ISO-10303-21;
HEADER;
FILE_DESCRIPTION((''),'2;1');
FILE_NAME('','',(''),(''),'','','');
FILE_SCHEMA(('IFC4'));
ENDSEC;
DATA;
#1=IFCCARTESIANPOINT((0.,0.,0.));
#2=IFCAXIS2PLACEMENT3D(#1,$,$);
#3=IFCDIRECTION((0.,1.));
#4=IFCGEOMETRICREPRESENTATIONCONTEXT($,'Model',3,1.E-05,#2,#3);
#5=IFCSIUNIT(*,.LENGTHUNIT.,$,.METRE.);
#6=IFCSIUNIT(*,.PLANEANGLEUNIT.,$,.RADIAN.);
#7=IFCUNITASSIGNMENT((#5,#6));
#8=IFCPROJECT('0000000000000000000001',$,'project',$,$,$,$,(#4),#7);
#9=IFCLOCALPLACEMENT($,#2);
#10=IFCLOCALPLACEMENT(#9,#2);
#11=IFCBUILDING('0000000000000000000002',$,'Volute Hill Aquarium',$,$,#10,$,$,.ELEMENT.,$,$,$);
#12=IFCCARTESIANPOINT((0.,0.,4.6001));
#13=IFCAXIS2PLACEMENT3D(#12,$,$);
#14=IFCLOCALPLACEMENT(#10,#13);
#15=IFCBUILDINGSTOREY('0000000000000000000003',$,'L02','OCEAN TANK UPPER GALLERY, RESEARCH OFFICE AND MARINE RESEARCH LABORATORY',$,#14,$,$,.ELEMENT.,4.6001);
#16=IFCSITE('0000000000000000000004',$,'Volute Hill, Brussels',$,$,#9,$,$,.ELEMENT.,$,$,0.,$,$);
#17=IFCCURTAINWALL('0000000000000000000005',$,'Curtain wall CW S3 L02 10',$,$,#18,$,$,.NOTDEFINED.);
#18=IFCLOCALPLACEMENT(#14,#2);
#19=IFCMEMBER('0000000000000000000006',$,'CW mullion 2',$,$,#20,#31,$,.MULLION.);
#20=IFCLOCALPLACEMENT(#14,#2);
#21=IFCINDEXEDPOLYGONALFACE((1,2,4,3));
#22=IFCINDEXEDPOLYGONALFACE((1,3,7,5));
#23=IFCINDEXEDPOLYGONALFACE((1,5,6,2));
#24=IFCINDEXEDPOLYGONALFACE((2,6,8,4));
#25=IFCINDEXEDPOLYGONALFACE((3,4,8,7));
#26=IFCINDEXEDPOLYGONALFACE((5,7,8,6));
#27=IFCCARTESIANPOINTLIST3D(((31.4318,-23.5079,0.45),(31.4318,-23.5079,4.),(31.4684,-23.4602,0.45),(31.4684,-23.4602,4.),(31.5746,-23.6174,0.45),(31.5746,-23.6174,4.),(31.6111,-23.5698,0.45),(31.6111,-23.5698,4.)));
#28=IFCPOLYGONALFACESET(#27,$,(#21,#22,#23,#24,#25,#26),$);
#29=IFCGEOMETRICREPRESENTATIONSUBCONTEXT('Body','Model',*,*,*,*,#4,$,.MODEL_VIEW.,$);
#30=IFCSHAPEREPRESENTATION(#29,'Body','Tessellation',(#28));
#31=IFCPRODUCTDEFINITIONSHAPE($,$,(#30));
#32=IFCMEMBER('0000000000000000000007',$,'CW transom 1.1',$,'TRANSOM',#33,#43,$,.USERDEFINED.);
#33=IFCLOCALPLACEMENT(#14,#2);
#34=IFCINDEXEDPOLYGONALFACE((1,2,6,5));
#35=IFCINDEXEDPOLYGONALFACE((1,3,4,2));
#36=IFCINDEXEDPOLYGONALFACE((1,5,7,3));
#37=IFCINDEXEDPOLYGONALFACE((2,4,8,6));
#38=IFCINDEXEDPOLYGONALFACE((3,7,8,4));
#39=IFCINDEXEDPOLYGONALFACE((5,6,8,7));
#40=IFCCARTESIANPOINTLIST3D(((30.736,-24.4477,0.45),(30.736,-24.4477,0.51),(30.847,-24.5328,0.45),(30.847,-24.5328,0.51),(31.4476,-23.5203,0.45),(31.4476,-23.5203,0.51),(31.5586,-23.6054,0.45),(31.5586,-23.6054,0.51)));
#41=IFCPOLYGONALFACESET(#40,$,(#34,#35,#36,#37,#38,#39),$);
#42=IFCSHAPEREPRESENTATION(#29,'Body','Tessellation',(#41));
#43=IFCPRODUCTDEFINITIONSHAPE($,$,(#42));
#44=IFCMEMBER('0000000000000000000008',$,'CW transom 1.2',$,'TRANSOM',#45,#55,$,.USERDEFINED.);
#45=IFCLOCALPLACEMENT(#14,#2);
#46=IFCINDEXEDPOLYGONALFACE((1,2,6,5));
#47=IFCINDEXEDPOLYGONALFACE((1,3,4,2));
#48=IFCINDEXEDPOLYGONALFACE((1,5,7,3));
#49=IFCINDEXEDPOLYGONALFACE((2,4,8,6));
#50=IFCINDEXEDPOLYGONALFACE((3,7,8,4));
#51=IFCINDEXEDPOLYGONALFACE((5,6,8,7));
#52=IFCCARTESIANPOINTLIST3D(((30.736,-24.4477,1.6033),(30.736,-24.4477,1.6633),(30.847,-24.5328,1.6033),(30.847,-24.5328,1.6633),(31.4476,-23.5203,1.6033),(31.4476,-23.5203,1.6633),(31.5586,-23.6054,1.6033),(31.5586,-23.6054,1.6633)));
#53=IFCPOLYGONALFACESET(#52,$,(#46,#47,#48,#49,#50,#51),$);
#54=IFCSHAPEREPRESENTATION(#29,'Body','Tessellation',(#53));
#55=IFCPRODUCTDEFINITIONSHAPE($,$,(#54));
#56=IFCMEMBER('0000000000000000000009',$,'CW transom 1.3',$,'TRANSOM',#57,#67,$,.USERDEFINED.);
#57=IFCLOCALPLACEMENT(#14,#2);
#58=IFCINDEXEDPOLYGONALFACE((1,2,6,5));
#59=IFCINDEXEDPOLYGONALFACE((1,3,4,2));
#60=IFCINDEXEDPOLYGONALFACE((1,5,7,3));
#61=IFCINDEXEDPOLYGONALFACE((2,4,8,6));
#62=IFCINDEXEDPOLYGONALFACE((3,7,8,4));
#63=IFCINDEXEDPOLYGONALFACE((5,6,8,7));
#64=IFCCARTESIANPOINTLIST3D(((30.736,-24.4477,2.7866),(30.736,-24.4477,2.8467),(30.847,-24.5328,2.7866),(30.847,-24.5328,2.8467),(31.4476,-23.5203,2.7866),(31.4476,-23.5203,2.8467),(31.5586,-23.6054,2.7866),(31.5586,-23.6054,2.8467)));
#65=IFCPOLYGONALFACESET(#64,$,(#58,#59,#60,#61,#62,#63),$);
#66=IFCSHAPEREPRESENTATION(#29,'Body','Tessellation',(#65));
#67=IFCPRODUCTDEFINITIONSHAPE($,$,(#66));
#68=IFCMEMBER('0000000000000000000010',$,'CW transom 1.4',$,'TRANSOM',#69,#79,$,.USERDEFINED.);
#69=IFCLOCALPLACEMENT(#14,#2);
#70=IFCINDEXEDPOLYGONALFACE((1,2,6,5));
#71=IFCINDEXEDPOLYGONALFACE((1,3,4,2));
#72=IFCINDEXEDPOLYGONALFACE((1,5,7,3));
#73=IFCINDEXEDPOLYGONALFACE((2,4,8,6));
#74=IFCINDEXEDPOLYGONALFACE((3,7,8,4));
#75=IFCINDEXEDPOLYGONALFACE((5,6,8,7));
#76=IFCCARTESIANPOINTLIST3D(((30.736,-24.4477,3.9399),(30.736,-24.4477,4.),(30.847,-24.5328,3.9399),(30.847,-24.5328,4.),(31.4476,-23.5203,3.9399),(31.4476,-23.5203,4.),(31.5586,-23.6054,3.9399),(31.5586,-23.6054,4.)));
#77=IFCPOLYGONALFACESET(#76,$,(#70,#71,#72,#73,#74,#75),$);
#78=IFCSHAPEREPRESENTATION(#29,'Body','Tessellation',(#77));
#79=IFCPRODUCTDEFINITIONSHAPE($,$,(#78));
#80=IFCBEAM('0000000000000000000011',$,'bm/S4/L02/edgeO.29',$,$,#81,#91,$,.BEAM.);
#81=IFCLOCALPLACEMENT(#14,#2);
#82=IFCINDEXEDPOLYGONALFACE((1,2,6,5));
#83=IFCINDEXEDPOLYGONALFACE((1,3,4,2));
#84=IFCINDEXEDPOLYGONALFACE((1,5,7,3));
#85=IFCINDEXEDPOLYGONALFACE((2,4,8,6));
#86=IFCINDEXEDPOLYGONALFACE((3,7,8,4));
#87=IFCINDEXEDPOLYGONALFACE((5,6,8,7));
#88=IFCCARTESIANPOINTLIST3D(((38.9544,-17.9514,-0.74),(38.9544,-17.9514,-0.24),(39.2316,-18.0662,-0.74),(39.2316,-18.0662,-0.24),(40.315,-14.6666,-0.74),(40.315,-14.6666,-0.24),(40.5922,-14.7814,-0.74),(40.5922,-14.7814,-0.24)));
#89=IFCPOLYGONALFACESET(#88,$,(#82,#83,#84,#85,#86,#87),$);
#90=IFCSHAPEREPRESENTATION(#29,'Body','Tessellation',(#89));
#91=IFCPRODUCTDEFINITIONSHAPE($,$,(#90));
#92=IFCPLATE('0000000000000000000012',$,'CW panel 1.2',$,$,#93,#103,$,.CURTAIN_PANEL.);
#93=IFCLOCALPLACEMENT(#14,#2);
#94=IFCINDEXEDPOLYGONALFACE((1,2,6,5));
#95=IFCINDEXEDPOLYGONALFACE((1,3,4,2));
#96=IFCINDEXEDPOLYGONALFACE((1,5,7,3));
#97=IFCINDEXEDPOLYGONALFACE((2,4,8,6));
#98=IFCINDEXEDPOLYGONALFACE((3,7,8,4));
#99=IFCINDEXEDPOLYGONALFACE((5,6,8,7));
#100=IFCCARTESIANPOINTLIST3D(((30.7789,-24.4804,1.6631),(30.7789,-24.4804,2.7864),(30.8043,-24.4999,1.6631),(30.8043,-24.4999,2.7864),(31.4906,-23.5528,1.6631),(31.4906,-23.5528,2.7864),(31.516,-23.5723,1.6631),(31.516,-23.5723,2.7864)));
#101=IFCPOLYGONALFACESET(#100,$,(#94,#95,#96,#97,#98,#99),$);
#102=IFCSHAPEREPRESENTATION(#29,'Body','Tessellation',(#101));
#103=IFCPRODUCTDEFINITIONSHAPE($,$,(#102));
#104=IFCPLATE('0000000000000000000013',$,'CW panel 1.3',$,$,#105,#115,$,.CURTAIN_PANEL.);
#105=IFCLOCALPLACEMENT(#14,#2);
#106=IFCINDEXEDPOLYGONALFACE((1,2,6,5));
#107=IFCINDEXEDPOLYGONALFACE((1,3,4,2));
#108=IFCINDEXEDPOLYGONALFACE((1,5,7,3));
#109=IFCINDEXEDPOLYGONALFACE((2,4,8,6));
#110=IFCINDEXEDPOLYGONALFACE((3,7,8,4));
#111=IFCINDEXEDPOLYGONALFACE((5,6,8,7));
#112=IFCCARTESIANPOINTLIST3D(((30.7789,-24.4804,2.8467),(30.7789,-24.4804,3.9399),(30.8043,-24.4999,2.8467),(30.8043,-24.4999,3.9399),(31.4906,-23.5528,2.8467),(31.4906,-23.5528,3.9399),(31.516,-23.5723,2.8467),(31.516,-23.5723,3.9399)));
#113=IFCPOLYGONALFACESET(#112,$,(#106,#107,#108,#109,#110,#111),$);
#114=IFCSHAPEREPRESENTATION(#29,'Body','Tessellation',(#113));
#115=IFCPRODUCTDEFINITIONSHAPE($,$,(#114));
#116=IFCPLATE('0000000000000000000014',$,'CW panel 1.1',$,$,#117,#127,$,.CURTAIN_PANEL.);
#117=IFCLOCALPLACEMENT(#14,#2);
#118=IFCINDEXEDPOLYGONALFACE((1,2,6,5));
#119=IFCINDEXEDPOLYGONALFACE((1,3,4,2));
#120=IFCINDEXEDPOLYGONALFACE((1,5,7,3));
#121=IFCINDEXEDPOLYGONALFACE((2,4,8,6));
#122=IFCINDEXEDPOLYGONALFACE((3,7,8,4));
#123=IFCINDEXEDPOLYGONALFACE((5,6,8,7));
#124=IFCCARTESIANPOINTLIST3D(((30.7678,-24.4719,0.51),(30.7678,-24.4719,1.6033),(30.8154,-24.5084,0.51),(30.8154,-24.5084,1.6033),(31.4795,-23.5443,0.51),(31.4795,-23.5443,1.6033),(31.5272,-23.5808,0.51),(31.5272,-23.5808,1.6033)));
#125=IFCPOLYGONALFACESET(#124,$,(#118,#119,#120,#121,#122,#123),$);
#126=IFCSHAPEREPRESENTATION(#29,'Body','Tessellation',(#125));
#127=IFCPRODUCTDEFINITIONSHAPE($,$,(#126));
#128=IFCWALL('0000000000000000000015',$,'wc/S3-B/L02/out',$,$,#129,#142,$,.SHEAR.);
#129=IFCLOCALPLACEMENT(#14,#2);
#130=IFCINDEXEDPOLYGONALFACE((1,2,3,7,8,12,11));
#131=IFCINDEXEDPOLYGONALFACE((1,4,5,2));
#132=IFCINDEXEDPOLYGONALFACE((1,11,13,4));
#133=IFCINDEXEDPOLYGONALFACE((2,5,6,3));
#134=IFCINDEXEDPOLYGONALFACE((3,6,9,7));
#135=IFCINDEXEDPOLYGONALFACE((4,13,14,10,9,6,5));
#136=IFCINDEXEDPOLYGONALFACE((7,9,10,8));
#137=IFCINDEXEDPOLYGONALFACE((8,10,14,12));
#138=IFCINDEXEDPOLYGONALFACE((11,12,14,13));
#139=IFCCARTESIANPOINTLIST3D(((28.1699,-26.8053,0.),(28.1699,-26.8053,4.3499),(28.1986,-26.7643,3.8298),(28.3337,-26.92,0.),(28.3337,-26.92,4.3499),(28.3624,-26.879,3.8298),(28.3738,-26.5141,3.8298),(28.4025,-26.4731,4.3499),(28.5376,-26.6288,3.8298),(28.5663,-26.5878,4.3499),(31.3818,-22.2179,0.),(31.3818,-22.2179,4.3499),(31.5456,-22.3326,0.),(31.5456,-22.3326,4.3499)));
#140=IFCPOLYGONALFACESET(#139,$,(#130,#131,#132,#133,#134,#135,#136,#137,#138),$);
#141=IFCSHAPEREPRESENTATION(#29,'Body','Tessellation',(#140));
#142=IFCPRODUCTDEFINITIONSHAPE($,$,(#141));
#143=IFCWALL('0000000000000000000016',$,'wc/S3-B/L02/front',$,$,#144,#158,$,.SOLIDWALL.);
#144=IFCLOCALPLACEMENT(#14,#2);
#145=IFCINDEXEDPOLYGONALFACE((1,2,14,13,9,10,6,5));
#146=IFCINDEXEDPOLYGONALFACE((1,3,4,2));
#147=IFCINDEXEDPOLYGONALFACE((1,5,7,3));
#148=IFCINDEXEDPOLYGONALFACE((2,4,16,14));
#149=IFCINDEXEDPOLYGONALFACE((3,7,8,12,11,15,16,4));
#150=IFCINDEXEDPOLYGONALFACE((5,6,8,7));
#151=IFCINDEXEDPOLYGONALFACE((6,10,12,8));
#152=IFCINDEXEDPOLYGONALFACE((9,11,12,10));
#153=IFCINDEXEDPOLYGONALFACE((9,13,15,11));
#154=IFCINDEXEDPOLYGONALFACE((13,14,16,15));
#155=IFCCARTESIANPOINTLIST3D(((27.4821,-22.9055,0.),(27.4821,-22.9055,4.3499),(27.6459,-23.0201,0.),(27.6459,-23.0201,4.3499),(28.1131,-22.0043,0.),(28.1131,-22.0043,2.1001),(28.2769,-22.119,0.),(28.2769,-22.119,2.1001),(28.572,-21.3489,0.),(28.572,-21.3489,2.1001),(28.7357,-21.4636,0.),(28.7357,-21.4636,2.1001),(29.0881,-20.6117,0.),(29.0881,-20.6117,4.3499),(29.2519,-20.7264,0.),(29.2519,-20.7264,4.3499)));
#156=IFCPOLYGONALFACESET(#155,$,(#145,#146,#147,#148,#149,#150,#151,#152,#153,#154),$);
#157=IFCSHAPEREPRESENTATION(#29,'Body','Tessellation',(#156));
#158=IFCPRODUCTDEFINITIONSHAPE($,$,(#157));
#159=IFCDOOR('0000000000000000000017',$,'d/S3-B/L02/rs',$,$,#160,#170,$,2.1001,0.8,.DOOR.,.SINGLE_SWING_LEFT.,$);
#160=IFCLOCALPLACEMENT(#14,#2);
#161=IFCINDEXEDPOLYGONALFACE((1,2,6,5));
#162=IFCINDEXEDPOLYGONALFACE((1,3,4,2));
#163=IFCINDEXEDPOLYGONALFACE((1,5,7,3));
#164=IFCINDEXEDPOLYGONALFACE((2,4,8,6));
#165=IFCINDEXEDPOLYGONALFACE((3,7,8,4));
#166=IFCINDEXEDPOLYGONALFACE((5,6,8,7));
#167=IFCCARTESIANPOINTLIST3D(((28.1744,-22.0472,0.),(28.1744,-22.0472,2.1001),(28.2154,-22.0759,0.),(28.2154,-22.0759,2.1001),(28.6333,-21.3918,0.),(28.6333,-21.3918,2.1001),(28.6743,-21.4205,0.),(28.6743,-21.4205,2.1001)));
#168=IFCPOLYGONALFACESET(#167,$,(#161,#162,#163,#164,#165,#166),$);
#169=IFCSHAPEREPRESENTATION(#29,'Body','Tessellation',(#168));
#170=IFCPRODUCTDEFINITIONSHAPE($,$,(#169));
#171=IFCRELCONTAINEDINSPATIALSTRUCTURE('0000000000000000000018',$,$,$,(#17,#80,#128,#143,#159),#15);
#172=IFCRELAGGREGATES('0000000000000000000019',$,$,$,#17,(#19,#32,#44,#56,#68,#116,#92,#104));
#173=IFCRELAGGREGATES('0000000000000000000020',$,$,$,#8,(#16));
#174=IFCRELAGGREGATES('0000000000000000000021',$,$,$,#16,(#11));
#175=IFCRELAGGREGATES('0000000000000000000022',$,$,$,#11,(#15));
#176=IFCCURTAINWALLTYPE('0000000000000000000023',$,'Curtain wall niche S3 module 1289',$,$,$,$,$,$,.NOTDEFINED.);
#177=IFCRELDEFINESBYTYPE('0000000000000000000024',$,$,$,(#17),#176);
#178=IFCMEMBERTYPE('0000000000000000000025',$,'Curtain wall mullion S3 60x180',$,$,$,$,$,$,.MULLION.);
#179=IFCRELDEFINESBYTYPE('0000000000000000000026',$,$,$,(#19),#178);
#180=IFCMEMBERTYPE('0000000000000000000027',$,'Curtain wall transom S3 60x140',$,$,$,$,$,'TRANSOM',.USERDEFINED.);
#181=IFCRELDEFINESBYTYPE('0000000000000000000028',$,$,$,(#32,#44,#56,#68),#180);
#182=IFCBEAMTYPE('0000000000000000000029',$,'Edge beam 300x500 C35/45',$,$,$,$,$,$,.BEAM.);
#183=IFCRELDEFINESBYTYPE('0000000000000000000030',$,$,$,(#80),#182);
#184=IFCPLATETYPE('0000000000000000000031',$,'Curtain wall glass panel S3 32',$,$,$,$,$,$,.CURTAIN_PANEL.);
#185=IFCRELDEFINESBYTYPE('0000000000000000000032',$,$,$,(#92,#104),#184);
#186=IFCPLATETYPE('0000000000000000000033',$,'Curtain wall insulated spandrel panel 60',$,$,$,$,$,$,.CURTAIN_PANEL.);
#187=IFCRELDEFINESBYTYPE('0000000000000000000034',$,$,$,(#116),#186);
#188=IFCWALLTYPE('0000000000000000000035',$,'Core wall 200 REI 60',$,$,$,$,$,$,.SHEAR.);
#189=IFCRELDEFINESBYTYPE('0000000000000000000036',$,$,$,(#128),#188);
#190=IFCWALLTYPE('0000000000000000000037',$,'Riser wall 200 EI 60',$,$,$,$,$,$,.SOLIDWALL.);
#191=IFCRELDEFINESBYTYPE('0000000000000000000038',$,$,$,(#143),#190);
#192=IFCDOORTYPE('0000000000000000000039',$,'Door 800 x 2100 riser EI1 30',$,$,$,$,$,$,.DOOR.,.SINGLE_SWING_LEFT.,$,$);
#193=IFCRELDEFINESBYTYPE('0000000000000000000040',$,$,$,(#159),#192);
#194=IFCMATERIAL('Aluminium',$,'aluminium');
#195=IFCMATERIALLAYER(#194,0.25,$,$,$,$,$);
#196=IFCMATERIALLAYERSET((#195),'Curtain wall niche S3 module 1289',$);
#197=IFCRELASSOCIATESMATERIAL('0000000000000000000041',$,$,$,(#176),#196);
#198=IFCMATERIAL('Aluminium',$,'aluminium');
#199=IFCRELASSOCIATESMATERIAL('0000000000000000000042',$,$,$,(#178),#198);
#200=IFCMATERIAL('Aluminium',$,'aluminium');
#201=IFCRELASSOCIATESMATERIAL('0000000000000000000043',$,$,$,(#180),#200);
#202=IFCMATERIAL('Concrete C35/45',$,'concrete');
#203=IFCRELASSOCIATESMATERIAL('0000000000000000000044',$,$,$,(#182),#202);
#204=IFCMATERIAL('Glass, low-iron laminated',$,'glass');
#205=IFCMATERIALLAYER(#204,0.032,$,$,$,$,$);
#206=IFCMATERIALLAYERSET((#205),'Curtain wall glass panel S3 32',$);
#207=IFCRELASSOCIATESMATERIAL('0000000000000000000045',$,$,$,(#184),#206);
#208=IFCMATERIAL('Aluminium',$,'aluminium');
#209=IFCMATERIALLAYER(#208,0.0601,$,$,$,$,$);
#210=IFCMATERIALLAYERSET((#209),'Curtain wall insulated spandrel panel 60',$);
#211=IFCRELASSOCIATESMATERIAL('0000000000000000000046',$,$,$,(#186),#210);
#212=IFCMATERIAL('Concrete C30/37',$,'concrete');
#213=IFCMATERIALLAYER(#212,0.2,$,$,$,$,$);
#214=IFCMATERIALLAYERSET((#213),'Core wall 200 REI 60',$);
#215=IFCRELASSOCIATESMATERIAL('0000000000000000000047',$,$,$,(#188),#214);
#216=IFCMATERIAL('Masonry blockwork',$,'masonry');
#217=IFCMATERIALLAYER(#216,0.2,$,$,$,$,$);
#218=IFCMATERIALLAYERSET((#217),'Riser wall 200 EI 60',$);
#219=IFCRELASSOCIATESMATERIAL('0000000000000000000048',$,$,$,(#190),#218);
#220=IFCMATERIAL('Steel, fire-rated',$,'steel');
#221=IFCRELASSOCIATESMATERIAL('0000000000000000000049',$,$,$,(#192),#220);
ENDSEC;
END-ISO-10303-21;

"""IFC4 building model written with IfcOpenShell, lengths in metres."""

from ifc_helpers import new_model, si_unit, direction, frame, frame_2d, origin, origin_2d, place, context, subcontext, project, spatial, polyline, rectangle, outline, extrude, material, layer, layer_set, material_profile, profile_set, type_object, element, fill, aggregate, save


model = new_model("IFC4")

# Units and contexts
model_context = context("Model", 3, precision=1e-05, world=origin(), true_north=direction((0.0, 1.0)))
body_context = subcontext(model_context, "Body", "Model", "MODEL_VIEW")
ifc_project = project(units=[si_unit("LENGTHUNIT", "METRE"), si_unit("PLANEANGLEUNIT", "RADIAN")], contexts=[model_context])

# Site, building, storey
site_placement = place(None, origin())
site = spatial("IfcSite", under=ifc_project, at=site_placement, Name="Volute Hill, Brussels", CompositionType="ELEMENT", RefElevation=0.0)
building_placement = place(site_placement, origin())
building = spatial("IfcBuilding", under=site, at=building_placement, Name="Volute Hill Aquarium", CompositionType="ELEMENT")
storey_placement = place(building_placement, frame((0.0, 0.0, 4.6001)))
storey = spatial("IfcBuildingStorey", under=building, at=storey_placement, Name="L02", Description="OCEAN TANK UPPER GALLERY, RESEARCH OFFICE AND MARINE RESEARCH LABORATORY", CompositionType="ELEMENT", Elevation=4.6001)

# Curtain wall, members
ifc_material_1 = material(Name="Aluminium", Category="aluminium")
ifc_layer_1 = layer(ifc_material_1, 0.25)
ifc_layer_set_1 = layer_set([ifc_layer_1], Name="Curtain wall niche S3 module 1289")
curtain_wall_type = type_object("IfcCurtainWallType", Name="Curtain wall niche S3 module 1289", PredefinedType="NOTDEFINED", material=ifc_layer_set_1)
curtain_wall_placement = place(storey_placement, origin())
curtain_wall = element("IfcCurtainWall", 1, at=curtain_wall_placement, inside=storey, type_object=curtain_wall_type, Name="Curtain wall CW S3 L02 10", PredefinedType="NOTDEFINED")
ifc_material_2 = material(Name="Aluminium", Category="aluminium")
ifc_material_profile_1 = material_profile(ifc_material_2, rectangle(XDim=0.1799, YDim=0.0601, at=origin_2d()), Name="Curtain wall mullion S3 60x180")
ifc_profile_set_1 = profile_set([ifc_material_profile_1], Name="Aluminium")
member_type_1 = type_object("IfcMemberType", Name="Curtain wall mullion S3 60x180", PredefinedType="MULLION", material=ifc_profile_set_1)
member_1_placement = place(storey_placement, frame((31.5215, -23.5388, 0.45), z_axis=(0.0, 0.0, 1.0), x_axis=(-0.793366, 0.608745, 0.0)))
member_1 = element("IfcMember", 2, at=member_1_placement, type_object=member_type_1, Name="CW mullion 2", PredefinedType="MULLION", context=body_context, shape_type="SweptSolid", body=[
    extrude(rectangle(XDim=0.1799, YDim=0.0601, at=origin_2d()), origin(), (0.0, 0.0, 1.0), 3.55),
])
ifc_material_3 = material(Name="Aluminium", Category="aluminium")
ifc_material_profile_2 = material_profile(ifc_material_3, rectangle(XDim=0.1399, YDim=0.0601, at=origin_2d()), Name="Curtain wall transom S3 60x140")
ifc_profile_set_2 = profile_set([ifc_material_profile_2], Name="Aluminium")
member_type_2 = type_object("IfcMemberType", Name="Curtain wall transom S3 60x140", ElementType="TRANSOM", PredefinedType="USERDEFINED", material=ifc_profile_set_2)
member_2_placement = place(storey_placement, frame((30.7915, -24.4902, 0.48), z_axis=(0.608752, 0.793361, 0.0), x_axis=(-0.793361, 0.608752, 0.0)))
member_2 = element("IfcMember", 3, at=member_2_placement, type_object=member_type_2, Name="CW transom 1.1", ObjectType="TRANSOM", PredefinedType="USERDEFINED", context=body_context, shape_type="SweptSolid", body=[
    extrude(rectangle(XDim=0.1399, YDim=0.0601, at=origin_2d()), origin(), (0.0, 0.0, 1.0), 1.1689),
])
member_3_placement = place(storey_placement, frame((30.7915, -24.4902, 1.6333), z_axis=(0.608752, 0.793361, 0.0), x_axis=(-0.793361, 0.608752, 0.0)))
member_3 = element("IfcMember", 4, at=member_3_placement, type_object=member_type_2, Name="CW transom 1.2", ObjectType="TRANSOM", PredefinedType="USERDEFINED", context=body_context, shape_type="SweptSolid", body=[
    extrude(rectangle(XDim=0.1399, YDim=0.0601, at=origin_2d()), origin(), (0.0, 0.0, 1.0), 1.1689),
])
member_4_placement = place(storey_placement, frame((30.7915, -24.4902, 2.8167), z_axis=(0.608752, 0.793361, 0.0), x_axis=(-0.793361, 0.608752, 0.0)))
member_4 = element("IfcMember", 5, at=member_4_placement, type_object=member_type_2, Name="CW transom 1.3", ObjectType="TRANSOM", PredefinedType="USERDEFINED", context=body_context, shape_type="SweptSolid", body=[
    extrude(rectangle(XDim=0.1399, YDim=0.0601, at=origin_2d()), origin(), (0.0, 0.0, 1.0), 1.1689),
])
member_5_placement = place(storey_placement, frame((30.7915, -24.4902, 3.97), z_axis=(0.608752, 0.793361, 0.0), x_axis=(-0.793361, 0.608752, 0.0)))
member_5 = element("IfcMember", 6, at=member_5_placement, type_object=member_type_2, Name="CW transom 1.4", ObjectType="TRANSOM", PredefinedType="USERDEFINED", context=body_context, shape_type="SweptSolid", body=[
    extrude(rectangle(XDim=0.1399, YDim=0.0601, at=origin_2d()), origin(), (0.0, 0.0, 1.0), 1.1689),
])

# Beam
ifc_material_4 = material(Name="Concrete C35/45", Category="concrete")
ifc_material_profile_3 = material_profile(ifc_material_4, rectangle(XDim=0.3, YDim=0.5, at=origin_2d()), Name="RC edge beam 300x500")
ifc_profile_set_3 = profile_set([ifc_material_profile_3], Name="Concrete C35/45")
beam_type = type_object("IfcBeamType", Name="Edge beam 300x500 C35/45", PredefinedType="BEAM", material=ifc_profile_set_3)
beam_placement = place(storey_placement, frame((39.093, -18.0088, -0.49), z_axis=(0.382669, 0.923885, 0.0), x_axis=(-0.923885, 0.382669, 0.0)))
element("IfcBeam", 7, at=beam_placement, inside=storey, type_object=beam_type, Name="bm/S4/L02/edgeO.29", PredefinedType="BEAM", context=body_context, shape_type="SweptSolid", body=[
    extrude(rectangle(XDim=0.3, YDim=0.5, at=origin_2d()), origin(), (0.0, 0.0, 1.0), 3.5554),
])

# Plates
ifc_material_5 = material(Name="Glass, low-iron laminated", Category="glass")
ifc_layer_2 = layer(ifc_material_5, 0.032)
ifc_layer_set_2 = layer_set([ifc_layer_2], Name="Curtain wall glass panel S3 32")
plate_type_1 = type_object("IfcPlateType", Name="Curtain wall glass panel S3 32", PredefinedType="CURTAIN_PANEL", material=ifc_layer_set_2)
plate_1_placement = place(storey_placement, frame((31.1475, -24.0264, 1.6631), z_axis=(0.0, 0.0, 1.0), x_axis=(0.608745, 0.793366, 0.0)))
plate_1 = element("IfcPlate", 8, at=plate_1_placement, type_object=plate_type_1, Name="CW panel 1.2", PredefinedType="CURTAIN_PANEL", context=body_context, shape_type="SweptSolid", body=[
    extrude(rectangle(XDim=1.1692, YDim=0.032, at=origin_2d()), origin(), (0.0, 0.0, 1.0), 1.1233),
])
plate_2_placement = place(storey_placement, frame((31.1475, -24.0264, 2.8467), z_axis=(0.0, 0.0, 1.0), x_axis=(0.608745, 0.793366, 0.0)))
plate_2 = element("IfcPlate", 9, at=plate_2_placement, type_object=plate_type_1, Name="CW panel 1.3", PredefinedType="CURTAIN_PANEL", context=body_context, shape_type="SweptSolid", body=[
    extrude(rectangle(XDim=1.1692, YDim=0.032, at=origin_2d()), origin(), (0.0, 0.0, 1.0), 1.0933),
])
ifc_material_6 = material(Name="Aluminium", Category="aluminium")
ifc_layer_3 = layer(ifc_material_6, 0.0601)
ifc_layer_set_3 = layer_set([ifc_layer_3], Name="Curtain wall insulated spandrel panel 60")
plate_type_2 = type_object("IfcPlateType", Name="Curtain wall insulated spandrel panel 60", PredefinedType="CURTAIN_PANEL", material=ifc_layer_set_3)
plate_3_placement = place(storey_placement, frame((31.1475, -24.0264, 0.51), z_axis=(0.0, 0.0, 1.0), x_axis=(0.608745, 0.793366, 0.0)))
plate_3 = element("IfcPlate", 10, at=plate_3_placement, type_object=plate_type_2, Name="CW panel 1.1", PredefinedType="CURTAIN_PANEL", context=body_context, shape_type="SweptSolid", body=[
    extrude(rectangle(XDim=1.1692, YDim=0.0601, at=origin_2d()), origin(), (0.0, 0.0, 1.0), 1.0933),
])
aggregate(curtain_wall, [member_1, member_2, member_3, member_4, member_5, plate_3, plate_1, plate_2])

# Wall
ifc_material_7 = material(Name="Concrete C30/37", Category="concrete")
ifc_layer_4 = layer(ifc_material_7, 0.2)
ifc_layer_set_4 = layer_set([ifc_layer_4], Name="Core wall 200 REI 60")
wall_type_1 = type_object("IfcWallType", Name="Core wall 200 REI 60", PredefinedType="SHEAR", material=ifc_layer_set_4)
wall_1_placement = place(storey_placement, frame((31.4636, -22.2751, 0.0), z_axis=(0.0, 0.0, 1.0), x_axis=(-0.57355, -0.81917, 0.0)))
element("IfcWall", 11, at=wall_1_placement, inside=storey, type_object=wall_type_1, Name="wc/S3-B/L02/out", PredefinedType="SHEAR", context=body_context, shape_type="SweptSolid", body=[
    extrude(outline(polyline([(0.0, 0.0), (5.6001, 0.0), (5.6001, 4.3499), (5.55, 3.8298), (5.2446, 3.8298), (5.1946, 4.3499), (0.0, 4.3499), (0.0, 0.0)])), frame((0.0, 0.1001, 0.0), z_axis=(0.0, -1.0, 0.0), x_axis=(1.0, 0.0, 0.0)), (0.0, 0.0, 1.0), 0.2),
])

# Wall, opening, door
ifc_material_8 = material(Name="Masonry blockwork", Category="masonry")
ifc_layer_5 = layer(ifc_material_8, 0.2)
ifc_layer_set_5 = layer_set([ifc_layer_5], Name="Riser wall 200 EI 60")
wall_type_2 = type_object("IfcWallType", Name="Riser wall 200 EI 60", PredefinedType="SOLIDWALL", material=ifc_layer_set_5)
wall_2_placement = place(storey_placement, frame((29.1699, -20.6692, 0.0), z_axis=(0.0, 0.0, 1.0), x_axis=(-0.57355, -0.81917, 0.0)))
wall_2 = element("IfcWall", 12, at=wall_2_placement, inside=storey, type_object=wall_type_2, Name="wc/S3-B/L02/front", PredefinedType="SOLIDWALL", context=body_context, shape_type="SweptSolid", body=[
    extrude(rectangle(XDim=2.8, YDim=0.2, at=frame_2d((1.3999, 0.0))), origin(), (0.0, 0.0, 1.0), 4.3499),
])
opening_placement = place(wall_2_placement, frame((0.8999, 0.0, 0.0)))
opening = element("IfcOpeningElement", 13, at=opening_placement, cuts=wall_2, PredefinedType="OPENING", context=body_context, shape_type="SweptSolid", body=[
    extrude(rectangle(XDim=0.8, YDim=2.1001, at=frame_2d((0.3999, 1.05))), frame((0.0, 0.1099, 0.0), z_axis=(0.0, -1.0, 0.0), x_axis=(1.0, 0.0, 0.0)), (0.0, 0.0, 1.0), 0.22),
])
ifc_material_9 = material(Name="Steel, fire-rated", Category="steel")
door_type = type_object("IfcDoorType", Name="Door 800 x 2100 riser EI1 30", OperationType="SINGLE_SWING_LEFT", PredefinedType="DOOR", material=ifc_material_9)
door_placement = place(opening_placement, origin())
door = element("IfcDoor", 14, at=door_placement, inside=storey, type_object=door_type, Name="d/S3-B/L02/rs", OperationType="SINGLE_SWING_LEFT", OverallHeight=2.1001, OverallWidth=0.8, PredefinedType="DOOR", context=body_context, shape_type="SweptSolid", body=[
    extrude(rectangle(XDim=0.8, YDim=2.1001, at=frame_2d((0.3999, 1.05))), frame((0.0, 0.0249, 0.0), z_axis=(0.0, -1.0, 0.0), x_axis=(1.0, 0.0, 0.0)), (0.0, 0.0, 1.0), 0.05),
])
fill(opening, door)

save(model, "model.ifc")
